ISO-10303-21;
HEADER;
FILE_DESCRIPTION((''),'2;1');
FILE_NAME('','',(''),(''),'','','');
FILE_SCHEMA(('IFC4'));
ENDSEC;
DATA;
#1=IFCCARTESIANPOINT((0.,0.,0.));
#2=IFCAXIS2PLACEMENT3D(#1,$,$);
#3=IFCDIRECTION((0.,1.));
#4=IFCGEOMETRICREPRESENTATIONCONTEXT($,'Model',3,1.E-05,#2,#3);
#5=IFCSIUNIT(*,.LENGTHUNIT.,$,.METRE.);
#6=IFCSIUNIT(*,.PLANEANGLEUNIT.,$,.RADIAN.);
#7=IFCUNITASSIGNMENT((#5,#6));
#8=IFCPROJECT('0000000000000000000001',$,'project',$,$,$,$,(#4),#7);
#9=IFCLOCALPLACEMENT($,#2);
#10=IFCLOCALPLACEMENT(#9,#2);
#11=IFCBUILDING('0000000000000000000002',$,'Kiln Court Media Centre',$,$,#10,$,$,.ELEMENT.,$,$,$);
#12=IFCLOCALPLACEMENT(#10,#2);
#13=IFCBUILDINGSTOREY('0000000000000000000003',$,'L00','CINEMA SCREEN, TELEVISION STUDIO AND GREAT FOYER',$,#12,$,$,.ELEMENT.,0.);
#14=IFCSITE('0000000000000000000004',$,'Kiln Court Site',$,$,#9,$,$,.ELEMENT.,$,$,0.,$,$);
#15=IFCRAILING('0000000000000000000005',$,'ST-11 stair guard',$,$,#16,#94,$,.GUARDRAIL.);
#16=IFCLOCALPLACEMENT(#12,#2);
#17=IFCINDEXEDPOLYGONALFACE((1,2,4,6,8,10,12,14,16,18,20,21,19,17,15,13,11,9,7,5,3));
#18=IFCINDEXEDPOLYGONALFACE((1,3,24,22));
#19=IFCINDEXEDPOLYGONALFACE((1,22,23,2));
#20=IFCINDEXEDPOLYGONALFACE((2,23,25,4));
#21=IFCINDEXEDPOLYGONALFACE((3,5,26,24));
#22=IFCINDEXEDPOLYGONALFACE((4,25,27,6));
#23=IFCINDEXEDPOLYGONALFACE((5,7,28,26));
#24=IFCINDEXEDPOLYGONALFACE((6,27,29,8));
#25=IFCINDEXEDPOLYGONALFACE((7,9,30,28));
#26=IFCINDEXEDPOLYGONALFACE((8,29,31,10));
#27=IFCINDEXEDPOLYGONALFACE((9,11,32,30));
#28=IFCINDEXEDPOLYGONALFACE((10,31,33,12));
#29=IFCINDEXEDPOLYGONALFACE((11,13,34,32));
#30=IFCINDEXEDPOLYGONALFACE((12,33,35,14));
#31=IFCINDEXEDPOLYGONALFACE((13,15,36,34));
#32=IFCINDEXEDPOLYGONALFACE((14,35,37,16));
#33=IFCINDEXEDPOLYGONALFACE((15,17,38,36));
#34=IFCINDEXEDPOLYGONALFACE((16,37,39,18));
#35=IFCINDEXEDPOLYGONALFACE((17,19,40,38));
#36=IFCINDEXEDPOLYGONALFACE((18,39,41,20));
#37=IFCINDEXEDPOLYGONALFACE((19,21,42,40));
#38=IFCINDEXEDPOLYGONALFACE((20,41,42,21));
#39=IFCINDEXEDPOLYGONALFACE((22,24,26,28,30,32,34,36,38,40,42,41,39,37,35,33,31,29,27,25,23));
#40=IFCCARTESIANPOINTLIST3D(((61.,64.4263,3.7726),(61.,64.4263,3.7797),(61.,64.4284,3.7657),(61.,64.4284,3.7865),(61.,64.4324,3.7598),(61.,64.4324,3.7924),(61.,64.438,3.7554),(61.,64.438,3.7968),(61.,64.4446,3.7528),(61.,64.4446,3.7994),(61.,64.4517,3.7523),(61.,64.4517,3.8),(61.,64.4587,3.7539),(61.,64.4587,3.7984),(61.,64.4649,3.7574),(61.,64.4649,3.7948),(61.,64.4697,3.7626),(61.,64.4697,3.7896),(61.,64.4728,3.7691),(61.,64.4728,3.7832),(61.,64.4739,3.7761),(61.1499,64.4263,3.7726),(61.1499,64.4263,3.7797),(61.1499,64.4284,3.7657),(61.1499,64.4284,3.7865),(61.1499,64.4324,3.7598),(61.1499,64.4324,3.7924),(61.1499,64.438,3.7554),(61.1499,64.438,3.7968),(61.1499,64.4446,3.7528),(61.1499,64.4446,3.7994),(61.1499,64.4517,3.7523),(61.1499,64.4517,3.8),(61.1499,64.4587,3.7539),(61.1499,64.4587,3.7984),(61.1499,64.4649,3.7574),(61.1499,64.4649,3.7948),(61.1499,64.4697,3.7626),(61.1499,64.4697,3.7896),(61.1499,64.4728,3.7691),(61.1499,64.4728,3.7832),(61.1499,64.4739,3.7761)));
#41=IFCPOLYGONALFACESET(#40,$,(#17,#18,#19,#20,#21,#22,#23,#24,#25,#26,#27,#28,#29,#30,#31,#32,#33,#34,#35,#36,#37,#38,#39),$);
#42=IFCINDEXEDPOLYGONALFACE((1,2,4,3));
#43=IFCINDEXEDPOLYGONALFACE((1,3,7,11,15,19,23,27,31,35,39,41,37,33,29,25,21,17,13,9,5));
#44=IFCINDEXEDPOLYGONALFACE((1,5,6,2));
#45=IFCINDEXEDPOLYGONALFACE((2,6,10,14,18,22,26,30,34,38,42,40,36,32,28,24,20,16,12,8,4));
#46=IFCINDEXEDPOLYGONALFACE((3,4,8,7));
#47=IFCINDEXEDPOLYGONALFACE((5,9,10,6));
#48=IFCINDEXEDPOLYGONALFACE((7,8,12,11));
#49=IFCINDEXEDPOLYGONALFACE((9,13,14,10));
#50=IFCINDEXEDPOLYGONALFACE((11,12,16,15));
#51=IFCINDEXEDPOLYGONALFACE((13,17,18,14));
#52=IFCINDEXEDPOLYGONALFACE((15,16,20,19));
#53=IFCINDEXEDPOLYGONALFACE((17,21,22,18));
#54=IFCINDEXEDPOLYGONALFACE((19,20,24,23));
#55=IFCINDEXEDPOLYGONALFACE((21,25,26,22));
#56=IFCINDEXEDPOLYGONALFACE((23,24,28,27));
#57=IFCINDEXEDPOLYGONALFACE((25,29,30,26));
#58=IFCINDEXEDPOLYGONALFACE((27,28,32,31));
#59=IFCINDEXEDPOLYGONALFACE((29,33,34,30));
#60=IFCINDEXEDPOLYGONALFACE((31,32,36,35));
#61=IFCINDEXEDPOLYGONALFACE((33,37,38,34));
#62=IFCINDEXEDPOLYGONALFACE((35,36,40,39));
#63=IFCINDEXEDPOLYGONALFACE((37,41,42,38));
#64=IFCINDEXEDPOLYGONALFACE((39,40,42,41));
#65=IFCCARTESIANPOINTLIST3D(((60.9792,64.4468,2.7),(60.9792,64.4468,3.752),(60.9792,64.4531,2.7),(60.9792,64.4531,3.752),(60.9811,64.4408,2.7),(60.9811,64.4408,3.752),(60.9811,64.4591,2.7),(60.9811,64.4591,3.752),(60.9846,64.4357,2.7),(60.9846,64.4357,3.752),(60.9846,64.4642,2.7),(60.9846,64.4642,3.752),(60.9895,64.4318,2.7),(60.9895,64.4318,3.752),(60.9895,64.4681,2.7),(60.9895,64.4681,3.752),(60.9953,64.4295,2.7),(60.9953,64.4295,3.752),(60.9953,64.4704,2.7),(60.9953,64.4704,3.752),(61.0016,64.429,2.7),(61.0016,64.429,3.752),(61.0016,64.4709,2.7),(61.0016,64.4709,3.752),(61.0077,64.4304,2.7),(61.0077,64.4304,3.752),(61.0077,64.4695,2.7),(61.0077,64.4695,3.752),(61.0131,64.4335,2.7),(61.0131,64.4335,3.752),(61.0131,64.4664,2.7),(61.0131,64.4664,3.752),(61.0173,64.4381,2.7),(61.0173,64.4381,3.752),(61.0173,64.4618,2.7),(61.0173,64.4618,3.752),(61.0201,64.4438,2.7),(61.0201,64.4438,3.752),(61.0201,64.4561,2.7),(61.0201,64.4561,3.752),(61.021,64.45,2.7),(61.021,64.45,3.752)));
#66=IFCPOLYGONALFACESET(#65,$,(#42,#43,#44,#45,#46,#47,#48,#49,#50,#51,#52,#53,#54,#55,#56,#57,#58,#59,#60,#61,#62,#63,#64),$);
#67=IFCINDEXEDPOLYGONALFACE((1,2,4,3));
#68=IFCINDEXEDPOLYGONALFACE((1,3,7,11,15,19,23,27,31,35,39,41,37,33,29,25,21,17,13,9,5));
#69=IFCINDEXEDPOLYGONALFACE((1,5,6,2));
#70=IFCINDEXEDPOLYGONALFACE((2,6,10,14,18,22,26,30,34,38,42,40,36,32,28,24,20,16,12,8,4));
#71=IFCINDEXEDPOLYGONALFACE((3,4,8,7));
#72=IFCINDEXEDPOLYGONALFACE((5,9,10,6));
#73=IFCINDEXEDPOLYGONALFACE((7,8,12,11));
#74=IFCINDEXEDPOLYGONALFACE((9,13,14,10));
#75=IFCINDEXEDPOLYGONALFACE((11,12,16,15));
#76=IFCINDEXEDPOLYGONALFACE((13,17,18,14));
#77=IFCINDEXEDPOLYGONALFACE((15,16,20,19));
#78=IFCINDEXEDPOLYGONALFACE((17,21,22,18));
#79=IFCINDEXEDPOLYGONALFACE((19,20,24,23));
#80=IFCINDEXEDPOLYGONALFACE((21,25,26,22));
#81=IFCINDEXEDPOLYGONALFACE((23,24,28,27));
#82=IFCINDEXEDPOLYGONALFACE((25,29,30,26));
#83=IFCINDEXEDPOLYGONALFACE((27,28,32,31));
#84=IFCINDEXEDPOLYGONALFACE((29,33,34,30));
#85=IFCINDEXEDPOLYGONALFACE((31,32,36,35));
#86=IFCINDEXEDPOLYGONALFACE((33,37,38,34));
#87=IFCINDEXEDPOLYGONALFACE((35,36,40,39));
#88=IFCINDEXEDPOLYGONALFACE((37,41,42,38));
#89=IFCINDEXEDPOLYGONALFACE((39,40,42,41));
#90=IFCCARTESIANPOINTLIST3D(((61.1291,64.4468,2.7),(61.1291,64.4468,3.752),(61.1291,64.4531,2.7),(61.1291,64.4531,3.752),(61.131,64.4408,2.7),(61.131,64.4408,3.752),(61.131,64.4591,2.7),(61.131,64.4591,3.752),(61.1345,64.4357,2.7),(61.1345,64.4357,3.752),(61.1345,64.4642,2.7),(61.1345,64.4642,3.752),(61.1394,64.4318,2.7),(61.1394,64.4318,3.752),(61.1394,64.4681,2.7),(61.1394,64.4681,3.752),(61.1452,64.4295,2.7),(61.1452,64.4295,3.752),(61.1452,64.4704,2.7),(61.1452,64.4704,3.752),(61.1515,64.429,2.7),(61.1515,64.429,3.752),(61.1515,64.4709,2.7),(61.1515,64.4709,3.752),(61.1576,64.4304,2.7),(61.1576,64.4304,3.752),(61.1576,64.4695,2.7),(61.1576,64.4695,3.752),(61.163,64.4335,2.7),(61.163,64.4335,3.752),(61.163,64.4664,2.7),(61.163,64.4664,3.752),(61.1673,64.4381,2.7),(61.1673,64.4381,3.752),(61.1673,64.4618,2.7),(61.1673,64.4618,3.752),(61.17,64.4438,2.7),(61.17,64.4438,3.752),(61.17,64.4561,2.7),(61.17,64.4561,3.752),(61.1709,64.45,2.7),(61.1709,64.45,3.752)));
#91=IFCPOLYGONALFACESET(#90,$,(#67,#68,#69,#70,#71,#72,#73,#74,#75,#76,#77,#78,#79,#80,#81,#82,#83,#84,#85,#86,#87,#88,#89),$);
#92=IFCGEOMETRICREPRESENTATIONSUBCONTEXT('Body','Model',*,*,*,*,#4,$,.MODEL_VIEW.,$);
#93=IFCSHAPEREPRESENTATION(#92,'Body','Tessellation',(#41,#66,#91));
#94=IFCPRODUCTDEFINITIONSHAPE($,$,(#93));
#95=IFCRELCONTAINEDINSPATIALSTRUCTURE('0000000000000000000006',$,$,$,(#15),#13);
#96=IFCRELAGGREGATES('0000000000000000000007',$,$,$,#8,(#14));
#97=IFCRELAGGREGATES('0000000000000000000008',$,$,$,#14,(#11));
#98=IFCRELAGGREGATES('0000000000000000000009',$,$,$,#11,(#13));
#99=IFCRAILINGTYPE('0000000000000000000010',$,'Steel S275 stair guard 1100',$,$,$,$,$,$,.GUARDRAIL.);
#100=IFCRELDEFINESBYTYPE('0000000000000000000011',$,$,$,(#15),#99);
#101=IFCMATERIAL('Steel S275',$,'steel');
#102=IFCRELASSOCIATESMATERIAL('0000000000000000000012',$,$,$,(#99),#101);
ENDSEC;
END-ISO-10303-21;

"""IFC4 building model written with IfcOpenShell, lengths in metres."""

from ifc_helpers import new_model, si_unit, direction, frame, origin, origin_2d, place, context, subcontext, project, spatial, circle, extrude, material, type_object, element, save


model = new_model("IFC4")

# Units and contexts
model_context = context("Model", 3, precision=1e-05, world=origin(), true_north=direction((0.0, 1.0)))
body_context = subcontext(model_context, "Body", "Model", "MODEL_VIEW")
ifc_project = project(units=[si_unit("LENGTHUNIT", "METRE"), si_unit("PLANEANGLEUNIT", "RADIAN")], contexts=[model_context])

# Site, building, storey
site_placement = place(None, origin())
site = spatial("IfcSite", under=ifc_project, at=site_placement, Name="Kiln Court Site", CompositionType="ELEMENT", RefElevation=0.0)
building_placement = place(site_placement, origin())
building = spatial("IfcBuilding", under=site, at=building_placement, Name="Kiln Court Media Centre", CompositionType="ELEMENT")
storey_placement = place(building_placement, origin())
storey = spatial("IfcBuildingStorey", under=building, at=storey_placement, Name="L00", Description="CINEMA SCREEN, TELEVISION STUDIO AND GREAT FOYER", CompositionType="ELEMENT", Elevation=0.0)

# Railing
ifc_material_1 = material(Name="Steel S275", Category="steel")
railing_type_1 = type_object("IfcRailingType", Name="Steel S275 stair guard 1100", PredefinedType="GUARDRAIL", material=ifc_material_1)
railing_1_placement = place(storey_placement, frame((61.0, 64.45, 2.7)))
element("IfcRailing", 1, at=railing_1_placement, inside=storey, type_object=railing_type_1, Name="ST-11 stair guard", PredefinedType="GUARDRAIL", context=body_context, shape_type="SweptSolid", body=[
    extrude(circle(Radius=0.0239, at=origin_2d()), frame((0.0, 0.0, 1.0762), z_axis=(1.0, 0.0, 0.0), x_axis=(0.0, 1.0, 0.0)), (0.0, 0.0, 1.0), 0.1499),
    extrude(circle(Radius=0.021, at=origin_2d()), origin(), (0.0, 0.0, 1.0), 1.052),
    extrude(circle(Radius=0.021, at=origin_2d()), frame((0.1499, 0.0, 0.0)), (0.0, 0.0, 1.0), 1.052),
])

save(model, "model.ifc")
